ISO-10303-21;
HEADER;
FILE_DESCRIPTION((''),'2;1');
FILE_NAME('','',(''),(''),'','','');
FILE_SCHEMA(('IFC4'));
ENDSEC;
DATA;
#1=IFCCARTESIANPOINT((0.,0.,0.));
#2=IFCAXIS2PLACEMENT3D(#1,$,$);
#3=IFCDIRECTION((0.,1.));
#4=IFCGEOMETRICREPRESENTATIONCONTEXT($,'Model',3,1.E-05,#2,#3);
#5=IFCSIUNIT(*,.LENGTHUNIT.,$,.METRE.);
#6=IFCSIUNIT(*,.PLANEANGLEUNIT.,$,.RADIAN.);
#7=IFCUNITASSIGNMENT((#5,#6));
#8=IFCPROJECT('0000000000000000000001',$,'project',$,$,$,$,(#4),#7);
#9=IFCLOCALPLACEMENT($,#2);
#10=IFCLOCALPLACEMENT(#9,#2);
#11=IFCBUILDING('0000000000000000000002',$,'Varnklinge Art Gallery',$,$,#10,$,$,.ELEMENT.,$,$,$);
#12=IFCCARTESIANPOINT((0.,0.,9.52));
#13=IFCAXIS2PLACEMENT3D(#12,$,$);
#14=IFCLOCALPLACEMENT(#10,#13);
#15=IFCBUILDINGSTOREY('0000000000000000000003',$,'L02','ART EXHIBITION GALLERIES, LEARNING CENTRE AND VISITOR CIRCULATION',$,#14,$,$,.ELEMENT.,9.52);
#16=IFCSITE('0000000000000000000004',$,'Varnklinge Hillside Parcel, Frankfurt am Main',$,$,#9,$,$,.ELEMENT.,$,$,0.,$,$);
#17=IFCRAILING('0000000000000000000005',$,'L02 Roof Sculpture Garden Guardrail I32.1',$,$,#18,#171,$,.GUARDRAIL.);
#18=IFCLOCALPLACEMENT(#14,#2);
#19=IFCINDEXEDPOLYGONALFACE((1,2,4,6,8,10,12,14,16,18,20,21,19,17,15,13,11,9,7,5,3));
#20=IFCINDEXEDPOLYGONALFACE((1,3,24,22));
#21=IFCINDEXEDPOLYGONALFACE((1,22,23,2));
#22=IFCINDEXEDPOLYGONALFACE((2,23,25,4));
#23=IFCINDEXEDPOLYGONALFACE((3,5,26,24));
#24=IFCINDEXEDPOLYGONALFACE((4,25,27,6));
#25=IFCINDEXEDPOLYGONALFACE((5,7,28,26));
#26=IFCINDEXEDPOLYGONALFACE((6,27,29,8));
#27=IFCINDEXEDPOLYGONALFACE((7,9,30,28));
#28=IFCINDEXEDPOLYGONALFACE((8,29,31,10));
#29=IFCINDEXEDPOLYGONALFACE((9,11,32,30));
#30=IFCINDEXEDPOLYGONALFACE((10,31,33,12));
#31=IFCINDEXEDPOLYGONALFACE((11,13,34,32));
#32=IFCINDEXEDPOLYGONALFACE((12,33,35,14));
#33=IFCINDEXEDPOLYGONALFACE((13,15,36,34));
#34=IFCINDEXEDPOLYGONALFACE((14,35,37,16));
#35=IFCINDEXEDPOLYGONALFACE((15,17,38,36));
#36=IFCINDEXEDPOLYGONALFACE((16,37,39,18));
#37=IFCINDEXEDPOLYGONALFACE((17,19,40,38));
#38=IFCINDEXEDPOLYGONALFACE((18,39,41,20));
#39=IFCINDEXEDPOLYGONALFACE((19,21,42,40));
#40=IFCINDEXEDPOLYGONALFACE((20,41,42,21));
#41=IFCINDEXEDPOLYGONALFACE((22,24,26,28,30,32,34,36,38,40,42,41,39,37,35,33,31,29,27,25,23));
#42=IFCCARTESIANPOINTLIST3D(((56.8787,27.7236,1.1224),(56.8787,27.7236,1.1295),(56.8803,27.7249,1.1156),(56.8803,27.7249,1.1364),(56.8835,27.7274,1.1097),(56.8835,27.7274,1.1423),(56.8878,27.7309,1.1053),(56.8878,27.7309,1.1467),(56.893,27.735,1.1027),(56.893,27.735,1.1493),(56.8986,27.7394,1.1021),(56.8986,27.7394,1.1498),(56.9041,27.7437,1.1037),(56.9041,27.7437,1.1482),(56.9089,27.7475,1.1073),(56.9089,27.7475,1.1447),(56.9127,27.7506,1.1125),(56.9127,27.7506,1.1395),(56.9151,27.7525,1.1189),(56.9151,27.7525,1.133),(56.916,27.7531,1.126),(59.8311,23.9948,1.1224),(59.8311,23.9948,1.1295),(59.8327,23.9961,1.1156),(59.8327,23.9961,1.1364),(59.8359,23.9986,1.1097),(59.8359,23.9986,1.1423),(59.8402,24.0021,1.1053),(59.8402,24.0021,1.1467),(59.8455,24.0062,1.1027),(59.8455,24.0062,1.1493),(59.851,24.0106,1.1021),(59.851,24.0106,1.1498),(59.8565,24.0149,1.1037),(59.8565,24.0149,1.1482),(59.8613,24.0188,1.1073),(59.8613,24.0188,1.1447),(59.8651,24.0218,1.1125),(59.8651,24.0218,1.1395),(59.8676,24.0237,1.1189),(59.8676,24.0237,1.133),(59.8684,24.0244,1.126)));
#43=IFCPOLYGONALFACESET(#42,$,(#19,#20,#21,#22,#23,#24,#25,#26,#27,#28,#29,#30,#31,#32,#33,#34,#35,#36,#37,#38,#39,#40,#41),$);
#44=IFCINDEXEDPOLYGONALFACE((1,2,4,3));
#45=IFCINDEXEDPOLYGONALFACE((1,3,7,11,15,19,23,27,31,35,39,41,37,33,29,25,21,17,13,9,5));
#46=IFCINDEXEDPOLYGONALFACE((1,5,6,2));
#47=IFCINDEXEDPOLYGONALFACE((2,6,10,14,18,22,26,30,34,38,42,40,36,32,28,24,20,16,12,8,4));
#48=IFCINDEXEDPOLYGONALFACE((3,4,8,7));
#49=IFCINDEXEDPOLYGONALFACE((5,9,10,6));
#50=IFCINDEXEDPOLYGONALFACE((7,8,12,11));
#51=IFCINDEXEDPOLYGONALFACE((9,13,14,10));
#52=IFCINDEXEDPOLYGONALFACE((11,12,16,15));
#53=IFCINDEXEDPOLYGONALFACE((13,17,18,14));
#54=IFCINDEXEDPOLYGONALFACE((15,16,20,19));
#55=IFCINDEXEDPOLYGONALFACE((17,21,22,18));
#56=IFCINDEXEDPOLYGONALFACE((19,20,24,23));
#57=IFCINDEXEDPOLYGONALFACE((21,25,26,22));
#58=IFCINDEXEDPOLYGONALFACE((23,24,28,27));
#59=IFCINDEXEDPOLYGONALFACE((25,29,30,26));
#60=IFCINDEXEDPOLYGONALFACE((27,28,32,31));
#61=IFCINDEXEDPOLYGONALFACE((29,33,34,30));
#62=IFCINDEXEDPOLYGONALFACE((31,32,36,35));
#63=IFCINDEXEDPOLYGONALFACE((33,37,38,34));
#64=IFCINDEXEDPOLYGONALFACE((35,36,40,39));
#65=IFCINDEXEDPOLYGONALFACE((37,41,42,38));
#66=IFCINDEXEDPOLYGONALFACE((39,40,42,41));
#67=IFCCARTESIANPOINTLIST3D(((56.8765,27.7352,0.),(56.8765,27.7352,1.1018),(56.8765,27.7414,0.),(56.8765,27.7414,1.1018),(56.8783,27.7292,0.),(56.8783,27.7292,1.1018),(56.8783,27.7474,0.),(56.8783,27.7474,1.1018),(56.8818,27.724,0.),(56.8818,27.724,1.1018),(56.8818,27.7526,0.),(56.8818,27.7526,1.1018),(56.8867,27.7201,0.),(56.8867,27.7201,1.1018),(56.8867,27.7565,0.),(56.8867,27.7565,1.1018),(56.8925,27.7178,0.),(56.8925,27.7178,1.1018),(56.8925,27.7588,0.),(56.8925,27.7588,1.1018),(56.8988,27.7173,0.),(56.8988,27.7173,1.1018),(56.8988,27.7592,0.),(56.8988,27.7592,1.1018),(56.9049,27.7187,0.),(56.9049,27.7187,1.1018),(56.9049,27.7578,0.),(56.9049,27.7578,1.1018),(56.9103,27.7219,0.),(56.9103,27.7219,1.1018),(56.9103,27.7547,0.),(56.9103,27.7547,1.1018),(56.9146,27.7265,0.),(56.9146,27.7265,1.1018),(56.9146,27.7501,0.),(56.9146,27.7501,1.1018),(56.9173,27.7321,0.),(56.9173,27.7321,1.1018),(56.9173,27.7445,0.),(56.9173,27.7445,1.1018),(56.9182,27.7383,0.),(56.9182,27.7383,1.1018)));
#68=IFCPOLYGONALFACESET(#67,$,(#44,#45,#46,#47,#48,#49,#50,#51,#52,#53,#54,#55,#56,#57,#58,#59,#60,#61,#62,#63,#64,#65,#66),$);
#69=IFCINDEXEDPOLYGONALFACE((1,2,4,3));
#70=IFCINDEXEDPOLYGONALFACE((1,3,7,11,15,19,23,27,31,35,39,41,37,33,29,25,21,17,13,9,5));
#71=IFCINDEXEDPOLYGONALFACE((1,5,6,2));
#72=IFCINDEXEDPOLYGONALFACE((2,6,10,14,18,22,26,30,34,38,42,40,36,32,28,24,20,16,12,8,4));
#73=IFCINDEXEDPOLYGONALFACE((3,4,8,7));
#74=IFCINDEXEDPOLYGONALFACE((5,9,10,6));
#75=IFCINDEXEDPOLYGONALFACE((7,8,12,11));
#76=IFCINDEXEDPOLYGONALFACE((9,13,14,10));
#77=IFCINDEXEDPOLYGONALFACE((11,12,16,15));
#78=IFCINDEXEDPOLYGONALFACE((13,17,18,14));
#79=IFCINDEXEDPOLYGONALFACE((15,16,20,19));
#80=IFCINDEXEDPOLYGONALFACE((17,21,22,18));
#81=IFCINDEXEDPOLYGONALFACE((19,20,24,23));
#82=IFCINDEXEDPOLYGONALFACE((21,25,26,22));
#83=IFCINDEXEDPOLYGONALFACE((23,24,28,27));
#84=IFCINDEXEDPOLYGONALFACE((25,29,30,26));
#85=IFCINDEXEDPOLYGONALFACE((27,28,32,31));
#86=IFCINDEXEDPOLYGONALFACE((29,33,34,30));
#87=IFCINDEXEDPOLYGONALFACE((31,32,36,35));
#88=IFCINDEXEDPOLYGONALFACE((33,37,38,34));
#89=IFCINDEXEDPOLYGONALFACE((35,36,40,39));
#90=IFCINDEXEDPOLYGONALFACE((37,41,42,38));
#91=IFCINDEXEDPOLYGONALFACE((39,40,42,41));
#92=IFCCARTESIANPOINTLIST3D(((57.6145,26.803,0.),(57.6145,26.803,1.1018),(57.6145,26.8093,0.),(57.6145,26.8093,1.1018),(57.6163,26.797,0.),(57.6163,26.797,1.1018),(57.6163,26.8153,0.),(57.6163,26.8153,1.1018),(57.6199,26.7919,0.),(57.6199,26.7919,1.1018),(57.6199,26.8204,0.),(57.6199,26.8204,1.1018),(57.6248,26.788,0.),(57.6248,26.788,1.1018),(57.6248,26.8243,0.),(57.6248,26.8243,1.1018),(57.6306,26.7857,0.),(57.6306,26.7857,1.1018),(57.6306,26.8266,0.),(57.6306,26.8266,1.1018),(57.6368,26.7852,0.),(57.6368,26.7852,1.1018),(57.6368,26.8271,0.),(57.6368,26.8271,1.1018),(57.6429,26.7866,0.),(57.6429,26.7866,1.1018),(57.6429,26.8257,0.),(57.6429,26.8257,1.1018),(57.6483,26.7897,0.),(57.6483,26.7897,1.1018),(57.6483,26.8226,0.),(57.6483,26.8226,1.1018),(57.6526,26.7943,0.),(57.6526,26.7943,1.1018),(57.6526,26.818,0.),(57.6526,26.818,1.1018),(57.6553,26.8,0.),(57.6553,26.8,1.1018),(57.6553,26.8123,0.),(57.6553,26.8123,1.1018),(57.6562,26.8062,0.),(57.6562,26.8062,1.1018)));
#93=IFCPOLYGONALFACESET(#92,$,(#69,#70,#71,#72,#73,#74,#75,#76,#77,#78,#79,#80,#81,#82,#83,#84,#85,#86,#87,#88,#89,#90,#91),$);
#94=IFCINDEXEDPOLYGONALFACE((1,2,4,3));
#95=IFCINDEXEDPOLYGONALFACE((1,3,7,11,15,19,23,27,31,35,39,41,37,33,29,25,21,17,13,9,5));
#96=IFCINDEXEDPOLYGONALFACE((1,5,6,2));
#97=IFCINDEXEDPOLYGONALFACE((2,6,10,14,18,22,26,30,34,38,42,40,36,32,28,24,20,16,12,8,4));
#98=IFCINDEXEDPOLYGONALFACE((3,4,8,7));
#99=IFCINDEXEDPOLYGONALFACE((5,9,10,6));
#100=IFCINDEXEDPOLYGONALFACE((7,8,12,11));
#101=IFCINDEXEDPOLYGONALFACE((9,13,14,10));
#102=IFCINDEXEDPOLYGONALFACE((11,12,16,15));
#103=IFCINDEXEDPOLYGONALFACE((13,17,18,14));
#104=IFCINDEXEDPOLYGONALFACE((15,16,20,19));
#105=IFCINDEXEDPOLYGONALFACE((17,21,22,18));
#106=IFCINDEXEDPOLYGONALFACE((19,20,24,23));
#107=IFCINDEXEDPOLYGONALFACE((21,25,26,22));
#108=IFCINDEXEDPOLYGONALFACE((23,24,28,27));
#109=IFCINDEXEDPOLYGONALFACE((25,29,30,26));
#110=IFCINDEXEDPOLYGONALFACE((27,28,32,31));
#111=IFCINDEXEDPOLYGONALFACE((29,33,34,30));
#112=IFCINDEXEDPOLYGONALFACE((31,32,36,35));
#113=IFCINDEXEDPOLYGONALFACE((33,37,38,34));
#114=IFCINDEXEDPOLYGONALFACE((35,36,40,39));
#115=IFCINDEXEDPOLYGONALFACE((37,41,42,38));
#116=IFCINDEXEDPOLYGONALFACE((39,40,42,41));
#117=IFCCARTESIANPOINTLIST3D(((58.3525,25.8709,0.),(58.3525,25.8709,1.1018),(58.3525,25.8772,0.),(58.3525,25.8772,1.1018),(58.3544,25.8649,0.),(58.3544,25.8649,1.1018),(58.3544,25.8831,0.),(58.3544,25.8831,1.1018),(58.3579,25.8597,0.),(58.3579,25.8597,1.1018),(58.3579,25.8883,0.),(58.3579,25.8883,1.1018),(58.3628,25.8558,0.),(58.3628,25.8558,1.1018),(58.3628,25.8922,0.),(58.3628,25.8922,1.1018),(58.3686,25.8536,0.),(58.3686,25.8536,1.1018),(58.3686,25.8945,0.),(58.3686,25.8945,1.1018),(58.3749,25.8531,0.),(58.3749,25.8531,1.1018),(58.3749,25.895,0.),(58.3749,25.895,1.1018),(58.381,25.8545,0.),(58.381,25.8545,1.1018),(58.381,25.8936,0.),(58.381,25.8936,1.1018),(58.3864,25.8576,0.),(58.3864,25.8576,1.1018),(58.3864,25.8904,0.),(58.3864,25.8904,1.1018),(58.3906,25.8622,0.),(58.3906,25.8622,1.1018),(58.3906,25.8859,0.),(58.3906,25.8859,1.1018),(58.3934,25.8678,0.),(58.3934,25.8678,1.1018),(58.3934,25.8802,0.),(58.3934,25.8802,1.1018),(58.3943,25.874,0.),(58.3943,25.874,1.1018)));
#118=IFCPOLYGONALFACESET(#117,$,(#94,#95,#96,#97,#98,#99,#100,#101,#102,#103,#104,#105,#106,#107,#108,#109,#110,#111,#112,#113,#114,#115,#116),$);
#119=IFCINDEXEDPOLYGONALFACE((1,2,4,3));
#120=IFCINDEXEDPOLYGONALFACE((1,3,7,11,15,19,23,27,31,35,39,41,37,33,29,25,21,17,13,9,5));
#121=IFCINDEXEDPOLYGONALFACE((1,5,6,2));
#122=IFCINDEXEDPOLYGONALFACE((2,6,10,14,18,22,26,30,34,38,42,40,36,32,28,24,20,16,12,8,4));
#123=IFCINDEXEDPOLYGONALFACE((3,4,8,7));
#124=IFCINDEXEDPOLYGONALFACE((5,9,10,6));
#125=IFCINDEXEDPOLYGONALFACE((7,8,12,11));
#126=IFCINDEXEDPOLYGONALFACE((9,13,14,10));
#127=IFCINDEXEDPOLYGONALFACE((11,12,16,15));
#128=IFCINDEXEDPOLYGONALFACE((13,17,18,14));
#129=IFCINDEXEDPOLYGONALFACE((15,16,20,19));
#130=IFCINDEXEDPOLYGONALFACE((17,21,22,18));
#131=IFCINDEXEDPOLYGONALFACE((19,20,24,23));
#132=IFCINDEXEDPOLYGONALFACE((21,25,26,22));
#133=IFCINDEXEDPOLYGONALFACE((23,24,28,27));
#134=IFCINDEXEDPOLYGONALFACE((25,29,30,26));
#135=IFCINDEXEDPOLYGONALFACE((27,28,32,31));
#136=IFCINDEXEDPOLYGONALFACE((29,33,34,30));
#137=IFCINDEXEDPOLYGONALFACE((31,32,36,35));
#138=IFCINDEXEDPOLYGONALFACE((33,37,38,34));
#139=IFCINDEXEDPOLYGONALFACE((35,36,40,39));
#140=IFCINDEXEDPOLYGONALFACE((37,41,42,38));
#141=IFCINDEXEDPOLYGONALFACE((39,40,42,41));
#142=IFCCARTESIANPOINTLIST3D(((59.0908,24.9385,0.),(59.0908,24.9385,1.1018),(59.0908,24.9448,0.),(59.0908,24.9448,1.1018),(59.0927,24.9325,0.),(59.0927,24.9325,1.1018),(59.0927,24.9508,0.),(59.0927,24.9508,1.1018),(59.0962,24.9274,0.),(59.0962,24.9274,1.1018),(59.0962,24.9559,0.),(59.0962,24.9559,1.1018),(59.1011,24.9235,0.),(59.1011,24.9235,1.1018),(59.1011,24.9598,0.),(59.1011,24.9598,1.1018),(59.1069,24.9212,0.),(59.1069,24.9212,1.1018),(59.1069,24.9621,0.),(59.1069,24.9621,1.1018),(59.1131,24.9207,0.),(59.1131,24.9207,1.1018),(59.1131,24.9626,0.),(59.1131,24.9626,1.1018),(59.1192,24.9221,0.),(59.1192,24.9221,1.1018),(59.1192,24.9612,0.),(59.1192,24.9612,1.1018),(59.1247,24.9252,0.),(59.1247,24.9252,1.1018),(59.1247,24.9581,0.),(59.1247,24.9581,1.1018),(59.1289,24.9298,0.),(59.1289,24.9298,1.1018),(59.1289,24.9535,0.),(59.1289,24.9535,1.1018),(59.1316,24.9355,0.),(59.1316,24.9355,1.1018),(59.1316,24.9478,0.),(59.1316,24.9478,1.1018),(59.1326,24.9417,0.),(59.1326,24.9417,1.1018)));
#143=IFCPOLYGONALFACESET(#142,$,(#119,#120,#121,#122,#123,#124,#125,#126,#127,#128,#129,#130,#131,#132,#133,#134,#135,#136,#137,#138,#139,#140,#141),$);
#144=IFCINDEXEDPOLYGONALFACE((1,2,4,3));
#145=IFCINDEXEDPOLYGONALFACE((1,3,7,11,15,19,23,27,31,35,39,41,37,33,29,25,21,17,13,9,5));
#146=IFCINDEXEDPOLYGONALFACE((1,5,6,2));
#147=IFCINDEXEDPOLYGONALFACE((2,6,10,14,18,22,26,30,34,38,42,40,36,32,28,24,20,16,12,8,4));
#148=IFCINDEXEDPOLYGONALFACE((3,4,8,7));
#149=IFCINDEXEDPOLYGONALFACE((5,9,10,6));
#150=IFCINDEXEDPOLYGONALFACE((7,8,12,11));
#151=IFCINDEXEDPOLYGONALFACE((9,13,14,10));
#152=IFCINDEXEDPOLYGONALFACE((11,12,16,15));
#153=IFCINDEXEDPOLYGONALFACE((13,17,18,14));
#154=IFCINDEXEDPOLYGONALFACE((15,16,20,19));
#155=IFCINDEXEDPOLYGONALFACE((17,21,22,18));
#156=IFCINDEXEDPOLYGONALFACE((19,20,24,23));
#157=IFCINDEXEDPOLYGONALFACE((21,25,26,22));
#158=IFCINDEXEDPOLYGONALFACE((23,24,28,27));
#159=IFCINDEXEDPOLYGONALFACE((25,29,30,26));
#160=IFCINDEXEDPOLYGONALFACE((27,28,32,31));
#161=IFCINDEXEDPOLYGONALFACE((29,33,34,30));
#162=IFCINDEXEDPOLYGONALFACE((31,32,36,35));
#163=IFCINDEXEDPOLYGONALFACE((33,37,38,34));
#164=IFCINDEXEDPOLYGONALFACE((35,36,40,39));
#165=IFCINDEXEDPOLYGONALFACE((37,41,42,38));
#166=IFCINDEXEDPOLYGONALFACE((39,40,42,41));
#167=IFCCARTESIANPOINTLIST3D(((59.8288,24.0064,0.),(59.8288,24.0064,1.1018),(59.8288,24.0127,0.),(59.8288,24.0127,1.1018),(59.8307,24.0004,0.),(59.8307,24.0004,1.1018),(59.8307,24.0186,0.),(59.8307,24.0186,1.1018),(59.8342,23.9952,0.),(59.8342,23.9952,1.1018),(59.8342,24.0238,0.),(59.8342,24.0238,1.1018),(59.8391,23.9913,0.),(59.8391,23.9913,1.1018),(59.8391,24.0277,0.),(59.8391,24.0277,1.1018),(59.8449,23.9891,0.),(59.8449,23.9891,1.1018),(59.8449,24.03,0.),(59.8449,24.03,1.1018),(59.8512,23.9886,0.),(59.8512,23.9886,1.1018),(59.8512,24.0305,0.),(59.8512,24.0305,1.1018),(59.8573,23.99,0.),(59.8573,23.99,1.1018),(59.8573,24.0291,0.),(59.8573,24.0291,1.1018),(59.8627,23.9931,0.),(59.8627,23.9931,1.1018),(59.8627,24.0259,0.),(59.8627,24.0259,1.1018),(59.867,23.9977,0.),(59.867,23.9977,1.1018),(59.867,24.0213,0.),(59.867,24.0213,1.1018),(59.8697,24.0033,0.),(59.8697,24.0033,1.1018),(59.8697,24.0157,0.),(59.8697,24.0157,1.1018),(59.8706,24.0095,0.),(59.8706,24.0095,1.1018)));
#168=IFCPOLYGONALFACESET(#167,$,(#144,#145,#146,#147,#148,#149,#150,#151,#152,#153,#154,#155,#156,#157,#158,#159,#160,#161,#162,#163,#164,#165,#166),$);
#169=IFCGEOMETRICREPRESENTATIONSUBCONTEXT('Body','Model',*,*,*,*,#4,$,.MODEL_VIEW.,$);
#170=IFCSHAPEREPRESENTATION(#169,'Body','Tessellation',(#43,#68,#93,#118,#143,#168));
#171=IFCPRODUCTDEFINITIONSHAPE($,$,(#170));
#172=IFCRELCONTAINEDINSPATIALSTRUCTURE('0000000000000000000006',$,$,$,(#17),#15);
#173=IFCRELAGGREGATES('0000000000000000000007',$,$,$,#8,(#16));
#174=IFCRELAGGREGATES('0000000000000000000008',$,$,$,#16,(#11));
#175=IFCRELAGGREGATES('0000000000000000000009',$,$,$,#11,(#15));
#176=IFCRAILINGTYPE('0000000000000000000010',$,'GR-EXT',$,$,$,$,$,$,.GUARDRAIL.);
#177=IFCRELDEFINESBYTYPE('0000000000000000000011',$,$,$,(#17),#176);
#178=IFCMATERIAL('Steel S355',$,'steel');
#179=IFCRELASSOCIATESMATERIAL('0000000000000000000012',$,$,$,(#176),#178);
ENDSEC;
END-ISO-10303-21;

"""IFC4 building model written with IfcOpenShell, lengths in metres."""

from ifc_helpers import new_model, si_unit, direction, frame, origin, origin_2d, place, context, subcontext, project, spatial, circle, extrude, material, type_object, element, save


model = new_model("IFC4")

# Units and contexts
model_context = context("Model", 3, precision=1e-05, world=origin(), true_north=direction((0.0, 1.0)))
body_context = subcontext(model_context, "Body", "Model", "MODEL_VIEW")
ifc_project = project(units=[si_unit("LENGTHUNIT", "METRE"), si_unit("PLANEANGLEUNIT", "RADIAN")], contexts=[model_context])

# Site, building, storey
site_placement = place(None, origin())
site = spatial("IfcSite", under=ifc_project, at=site_placement, Name="Varnklinge Hillside Parcel, Frankfurt am Main", CompositionType="ELEMENT", RefElevation=0.0)
building_placement = place(site_placement, origin())
building = spatial("IfcBuilding", under=site, at=building_placement, Name="Varnklinge Art Gallery", CompositionType="ELEMENT")
storey_placement = place(building_placement, frame((0.0, 0.0, 9.52)))
storey = spatial("IfcBuildingStorey", under=building, at=storey_placement, Name="L02", Description="ART EXHIBITION GALLERIES, LEARNING CENTRE AND VISITOR CIRCULATION", CompositionType="ELEMENT", Elevation=9.52)

# Railing
ifc_material_1 = material(Name="Steel S355", Category="steel")
railing_type = type_object("IfcRailingType", Name="GR-EXT", PredefinedType="GUARDRAIL", material=ifc_material_1)
railing_1_placement = place(storey_placement, frame((56.8972, 27.7383, 0.0)))
element("IfcRailing", 1, at=railing_1_placement, inside=storey, type_object=railing_type, Name="L02 Roof Sculpture Garden Guardrail I32.1", PredefinedType="GUARDRAIL", context=body_context, shape_type="SweptSolid", body=[
    extrude(circle(Radius=0.0239, at=origin_2d()), frame((0.0, 0.0, 1.126), z_axis=(0.620762, -0.783999, 0.0), x_axis=(0.783999, 0.620762, 0.0)), (0.0, 0.0, 1.0), 4.7561),
    extrude(circle(Radius=0.021, at=origin_2d()), origin(), (0.0, 0.0, 1.0), 1.1018),
    extrude(circle(Radius=0.021, at=origin_2d()), frame((0.738, -0.9321, 0.0)), (0.0, 0.0, 1.0), 1.1018),
    extrude(circle(Radius=0.021, at=origin_2d()), frame((1.4761, -1.8643, 0.0)), (0.0, 0.0, 1.0), 1.1018),
    extrude(circle(Radius=0.021, at=origin_2d()), frame((2.2144, -2.7966, 0.0)), (0.0, 0.0, 1.0), 1.1018),
    extrude(circle(Radius=0.021, at=origin_2d()), frame((2.9524, -3.7288, 0.0)), (0.0, 0.0, 1.0), 1.1018),
])

save(model, "model.ifc")
